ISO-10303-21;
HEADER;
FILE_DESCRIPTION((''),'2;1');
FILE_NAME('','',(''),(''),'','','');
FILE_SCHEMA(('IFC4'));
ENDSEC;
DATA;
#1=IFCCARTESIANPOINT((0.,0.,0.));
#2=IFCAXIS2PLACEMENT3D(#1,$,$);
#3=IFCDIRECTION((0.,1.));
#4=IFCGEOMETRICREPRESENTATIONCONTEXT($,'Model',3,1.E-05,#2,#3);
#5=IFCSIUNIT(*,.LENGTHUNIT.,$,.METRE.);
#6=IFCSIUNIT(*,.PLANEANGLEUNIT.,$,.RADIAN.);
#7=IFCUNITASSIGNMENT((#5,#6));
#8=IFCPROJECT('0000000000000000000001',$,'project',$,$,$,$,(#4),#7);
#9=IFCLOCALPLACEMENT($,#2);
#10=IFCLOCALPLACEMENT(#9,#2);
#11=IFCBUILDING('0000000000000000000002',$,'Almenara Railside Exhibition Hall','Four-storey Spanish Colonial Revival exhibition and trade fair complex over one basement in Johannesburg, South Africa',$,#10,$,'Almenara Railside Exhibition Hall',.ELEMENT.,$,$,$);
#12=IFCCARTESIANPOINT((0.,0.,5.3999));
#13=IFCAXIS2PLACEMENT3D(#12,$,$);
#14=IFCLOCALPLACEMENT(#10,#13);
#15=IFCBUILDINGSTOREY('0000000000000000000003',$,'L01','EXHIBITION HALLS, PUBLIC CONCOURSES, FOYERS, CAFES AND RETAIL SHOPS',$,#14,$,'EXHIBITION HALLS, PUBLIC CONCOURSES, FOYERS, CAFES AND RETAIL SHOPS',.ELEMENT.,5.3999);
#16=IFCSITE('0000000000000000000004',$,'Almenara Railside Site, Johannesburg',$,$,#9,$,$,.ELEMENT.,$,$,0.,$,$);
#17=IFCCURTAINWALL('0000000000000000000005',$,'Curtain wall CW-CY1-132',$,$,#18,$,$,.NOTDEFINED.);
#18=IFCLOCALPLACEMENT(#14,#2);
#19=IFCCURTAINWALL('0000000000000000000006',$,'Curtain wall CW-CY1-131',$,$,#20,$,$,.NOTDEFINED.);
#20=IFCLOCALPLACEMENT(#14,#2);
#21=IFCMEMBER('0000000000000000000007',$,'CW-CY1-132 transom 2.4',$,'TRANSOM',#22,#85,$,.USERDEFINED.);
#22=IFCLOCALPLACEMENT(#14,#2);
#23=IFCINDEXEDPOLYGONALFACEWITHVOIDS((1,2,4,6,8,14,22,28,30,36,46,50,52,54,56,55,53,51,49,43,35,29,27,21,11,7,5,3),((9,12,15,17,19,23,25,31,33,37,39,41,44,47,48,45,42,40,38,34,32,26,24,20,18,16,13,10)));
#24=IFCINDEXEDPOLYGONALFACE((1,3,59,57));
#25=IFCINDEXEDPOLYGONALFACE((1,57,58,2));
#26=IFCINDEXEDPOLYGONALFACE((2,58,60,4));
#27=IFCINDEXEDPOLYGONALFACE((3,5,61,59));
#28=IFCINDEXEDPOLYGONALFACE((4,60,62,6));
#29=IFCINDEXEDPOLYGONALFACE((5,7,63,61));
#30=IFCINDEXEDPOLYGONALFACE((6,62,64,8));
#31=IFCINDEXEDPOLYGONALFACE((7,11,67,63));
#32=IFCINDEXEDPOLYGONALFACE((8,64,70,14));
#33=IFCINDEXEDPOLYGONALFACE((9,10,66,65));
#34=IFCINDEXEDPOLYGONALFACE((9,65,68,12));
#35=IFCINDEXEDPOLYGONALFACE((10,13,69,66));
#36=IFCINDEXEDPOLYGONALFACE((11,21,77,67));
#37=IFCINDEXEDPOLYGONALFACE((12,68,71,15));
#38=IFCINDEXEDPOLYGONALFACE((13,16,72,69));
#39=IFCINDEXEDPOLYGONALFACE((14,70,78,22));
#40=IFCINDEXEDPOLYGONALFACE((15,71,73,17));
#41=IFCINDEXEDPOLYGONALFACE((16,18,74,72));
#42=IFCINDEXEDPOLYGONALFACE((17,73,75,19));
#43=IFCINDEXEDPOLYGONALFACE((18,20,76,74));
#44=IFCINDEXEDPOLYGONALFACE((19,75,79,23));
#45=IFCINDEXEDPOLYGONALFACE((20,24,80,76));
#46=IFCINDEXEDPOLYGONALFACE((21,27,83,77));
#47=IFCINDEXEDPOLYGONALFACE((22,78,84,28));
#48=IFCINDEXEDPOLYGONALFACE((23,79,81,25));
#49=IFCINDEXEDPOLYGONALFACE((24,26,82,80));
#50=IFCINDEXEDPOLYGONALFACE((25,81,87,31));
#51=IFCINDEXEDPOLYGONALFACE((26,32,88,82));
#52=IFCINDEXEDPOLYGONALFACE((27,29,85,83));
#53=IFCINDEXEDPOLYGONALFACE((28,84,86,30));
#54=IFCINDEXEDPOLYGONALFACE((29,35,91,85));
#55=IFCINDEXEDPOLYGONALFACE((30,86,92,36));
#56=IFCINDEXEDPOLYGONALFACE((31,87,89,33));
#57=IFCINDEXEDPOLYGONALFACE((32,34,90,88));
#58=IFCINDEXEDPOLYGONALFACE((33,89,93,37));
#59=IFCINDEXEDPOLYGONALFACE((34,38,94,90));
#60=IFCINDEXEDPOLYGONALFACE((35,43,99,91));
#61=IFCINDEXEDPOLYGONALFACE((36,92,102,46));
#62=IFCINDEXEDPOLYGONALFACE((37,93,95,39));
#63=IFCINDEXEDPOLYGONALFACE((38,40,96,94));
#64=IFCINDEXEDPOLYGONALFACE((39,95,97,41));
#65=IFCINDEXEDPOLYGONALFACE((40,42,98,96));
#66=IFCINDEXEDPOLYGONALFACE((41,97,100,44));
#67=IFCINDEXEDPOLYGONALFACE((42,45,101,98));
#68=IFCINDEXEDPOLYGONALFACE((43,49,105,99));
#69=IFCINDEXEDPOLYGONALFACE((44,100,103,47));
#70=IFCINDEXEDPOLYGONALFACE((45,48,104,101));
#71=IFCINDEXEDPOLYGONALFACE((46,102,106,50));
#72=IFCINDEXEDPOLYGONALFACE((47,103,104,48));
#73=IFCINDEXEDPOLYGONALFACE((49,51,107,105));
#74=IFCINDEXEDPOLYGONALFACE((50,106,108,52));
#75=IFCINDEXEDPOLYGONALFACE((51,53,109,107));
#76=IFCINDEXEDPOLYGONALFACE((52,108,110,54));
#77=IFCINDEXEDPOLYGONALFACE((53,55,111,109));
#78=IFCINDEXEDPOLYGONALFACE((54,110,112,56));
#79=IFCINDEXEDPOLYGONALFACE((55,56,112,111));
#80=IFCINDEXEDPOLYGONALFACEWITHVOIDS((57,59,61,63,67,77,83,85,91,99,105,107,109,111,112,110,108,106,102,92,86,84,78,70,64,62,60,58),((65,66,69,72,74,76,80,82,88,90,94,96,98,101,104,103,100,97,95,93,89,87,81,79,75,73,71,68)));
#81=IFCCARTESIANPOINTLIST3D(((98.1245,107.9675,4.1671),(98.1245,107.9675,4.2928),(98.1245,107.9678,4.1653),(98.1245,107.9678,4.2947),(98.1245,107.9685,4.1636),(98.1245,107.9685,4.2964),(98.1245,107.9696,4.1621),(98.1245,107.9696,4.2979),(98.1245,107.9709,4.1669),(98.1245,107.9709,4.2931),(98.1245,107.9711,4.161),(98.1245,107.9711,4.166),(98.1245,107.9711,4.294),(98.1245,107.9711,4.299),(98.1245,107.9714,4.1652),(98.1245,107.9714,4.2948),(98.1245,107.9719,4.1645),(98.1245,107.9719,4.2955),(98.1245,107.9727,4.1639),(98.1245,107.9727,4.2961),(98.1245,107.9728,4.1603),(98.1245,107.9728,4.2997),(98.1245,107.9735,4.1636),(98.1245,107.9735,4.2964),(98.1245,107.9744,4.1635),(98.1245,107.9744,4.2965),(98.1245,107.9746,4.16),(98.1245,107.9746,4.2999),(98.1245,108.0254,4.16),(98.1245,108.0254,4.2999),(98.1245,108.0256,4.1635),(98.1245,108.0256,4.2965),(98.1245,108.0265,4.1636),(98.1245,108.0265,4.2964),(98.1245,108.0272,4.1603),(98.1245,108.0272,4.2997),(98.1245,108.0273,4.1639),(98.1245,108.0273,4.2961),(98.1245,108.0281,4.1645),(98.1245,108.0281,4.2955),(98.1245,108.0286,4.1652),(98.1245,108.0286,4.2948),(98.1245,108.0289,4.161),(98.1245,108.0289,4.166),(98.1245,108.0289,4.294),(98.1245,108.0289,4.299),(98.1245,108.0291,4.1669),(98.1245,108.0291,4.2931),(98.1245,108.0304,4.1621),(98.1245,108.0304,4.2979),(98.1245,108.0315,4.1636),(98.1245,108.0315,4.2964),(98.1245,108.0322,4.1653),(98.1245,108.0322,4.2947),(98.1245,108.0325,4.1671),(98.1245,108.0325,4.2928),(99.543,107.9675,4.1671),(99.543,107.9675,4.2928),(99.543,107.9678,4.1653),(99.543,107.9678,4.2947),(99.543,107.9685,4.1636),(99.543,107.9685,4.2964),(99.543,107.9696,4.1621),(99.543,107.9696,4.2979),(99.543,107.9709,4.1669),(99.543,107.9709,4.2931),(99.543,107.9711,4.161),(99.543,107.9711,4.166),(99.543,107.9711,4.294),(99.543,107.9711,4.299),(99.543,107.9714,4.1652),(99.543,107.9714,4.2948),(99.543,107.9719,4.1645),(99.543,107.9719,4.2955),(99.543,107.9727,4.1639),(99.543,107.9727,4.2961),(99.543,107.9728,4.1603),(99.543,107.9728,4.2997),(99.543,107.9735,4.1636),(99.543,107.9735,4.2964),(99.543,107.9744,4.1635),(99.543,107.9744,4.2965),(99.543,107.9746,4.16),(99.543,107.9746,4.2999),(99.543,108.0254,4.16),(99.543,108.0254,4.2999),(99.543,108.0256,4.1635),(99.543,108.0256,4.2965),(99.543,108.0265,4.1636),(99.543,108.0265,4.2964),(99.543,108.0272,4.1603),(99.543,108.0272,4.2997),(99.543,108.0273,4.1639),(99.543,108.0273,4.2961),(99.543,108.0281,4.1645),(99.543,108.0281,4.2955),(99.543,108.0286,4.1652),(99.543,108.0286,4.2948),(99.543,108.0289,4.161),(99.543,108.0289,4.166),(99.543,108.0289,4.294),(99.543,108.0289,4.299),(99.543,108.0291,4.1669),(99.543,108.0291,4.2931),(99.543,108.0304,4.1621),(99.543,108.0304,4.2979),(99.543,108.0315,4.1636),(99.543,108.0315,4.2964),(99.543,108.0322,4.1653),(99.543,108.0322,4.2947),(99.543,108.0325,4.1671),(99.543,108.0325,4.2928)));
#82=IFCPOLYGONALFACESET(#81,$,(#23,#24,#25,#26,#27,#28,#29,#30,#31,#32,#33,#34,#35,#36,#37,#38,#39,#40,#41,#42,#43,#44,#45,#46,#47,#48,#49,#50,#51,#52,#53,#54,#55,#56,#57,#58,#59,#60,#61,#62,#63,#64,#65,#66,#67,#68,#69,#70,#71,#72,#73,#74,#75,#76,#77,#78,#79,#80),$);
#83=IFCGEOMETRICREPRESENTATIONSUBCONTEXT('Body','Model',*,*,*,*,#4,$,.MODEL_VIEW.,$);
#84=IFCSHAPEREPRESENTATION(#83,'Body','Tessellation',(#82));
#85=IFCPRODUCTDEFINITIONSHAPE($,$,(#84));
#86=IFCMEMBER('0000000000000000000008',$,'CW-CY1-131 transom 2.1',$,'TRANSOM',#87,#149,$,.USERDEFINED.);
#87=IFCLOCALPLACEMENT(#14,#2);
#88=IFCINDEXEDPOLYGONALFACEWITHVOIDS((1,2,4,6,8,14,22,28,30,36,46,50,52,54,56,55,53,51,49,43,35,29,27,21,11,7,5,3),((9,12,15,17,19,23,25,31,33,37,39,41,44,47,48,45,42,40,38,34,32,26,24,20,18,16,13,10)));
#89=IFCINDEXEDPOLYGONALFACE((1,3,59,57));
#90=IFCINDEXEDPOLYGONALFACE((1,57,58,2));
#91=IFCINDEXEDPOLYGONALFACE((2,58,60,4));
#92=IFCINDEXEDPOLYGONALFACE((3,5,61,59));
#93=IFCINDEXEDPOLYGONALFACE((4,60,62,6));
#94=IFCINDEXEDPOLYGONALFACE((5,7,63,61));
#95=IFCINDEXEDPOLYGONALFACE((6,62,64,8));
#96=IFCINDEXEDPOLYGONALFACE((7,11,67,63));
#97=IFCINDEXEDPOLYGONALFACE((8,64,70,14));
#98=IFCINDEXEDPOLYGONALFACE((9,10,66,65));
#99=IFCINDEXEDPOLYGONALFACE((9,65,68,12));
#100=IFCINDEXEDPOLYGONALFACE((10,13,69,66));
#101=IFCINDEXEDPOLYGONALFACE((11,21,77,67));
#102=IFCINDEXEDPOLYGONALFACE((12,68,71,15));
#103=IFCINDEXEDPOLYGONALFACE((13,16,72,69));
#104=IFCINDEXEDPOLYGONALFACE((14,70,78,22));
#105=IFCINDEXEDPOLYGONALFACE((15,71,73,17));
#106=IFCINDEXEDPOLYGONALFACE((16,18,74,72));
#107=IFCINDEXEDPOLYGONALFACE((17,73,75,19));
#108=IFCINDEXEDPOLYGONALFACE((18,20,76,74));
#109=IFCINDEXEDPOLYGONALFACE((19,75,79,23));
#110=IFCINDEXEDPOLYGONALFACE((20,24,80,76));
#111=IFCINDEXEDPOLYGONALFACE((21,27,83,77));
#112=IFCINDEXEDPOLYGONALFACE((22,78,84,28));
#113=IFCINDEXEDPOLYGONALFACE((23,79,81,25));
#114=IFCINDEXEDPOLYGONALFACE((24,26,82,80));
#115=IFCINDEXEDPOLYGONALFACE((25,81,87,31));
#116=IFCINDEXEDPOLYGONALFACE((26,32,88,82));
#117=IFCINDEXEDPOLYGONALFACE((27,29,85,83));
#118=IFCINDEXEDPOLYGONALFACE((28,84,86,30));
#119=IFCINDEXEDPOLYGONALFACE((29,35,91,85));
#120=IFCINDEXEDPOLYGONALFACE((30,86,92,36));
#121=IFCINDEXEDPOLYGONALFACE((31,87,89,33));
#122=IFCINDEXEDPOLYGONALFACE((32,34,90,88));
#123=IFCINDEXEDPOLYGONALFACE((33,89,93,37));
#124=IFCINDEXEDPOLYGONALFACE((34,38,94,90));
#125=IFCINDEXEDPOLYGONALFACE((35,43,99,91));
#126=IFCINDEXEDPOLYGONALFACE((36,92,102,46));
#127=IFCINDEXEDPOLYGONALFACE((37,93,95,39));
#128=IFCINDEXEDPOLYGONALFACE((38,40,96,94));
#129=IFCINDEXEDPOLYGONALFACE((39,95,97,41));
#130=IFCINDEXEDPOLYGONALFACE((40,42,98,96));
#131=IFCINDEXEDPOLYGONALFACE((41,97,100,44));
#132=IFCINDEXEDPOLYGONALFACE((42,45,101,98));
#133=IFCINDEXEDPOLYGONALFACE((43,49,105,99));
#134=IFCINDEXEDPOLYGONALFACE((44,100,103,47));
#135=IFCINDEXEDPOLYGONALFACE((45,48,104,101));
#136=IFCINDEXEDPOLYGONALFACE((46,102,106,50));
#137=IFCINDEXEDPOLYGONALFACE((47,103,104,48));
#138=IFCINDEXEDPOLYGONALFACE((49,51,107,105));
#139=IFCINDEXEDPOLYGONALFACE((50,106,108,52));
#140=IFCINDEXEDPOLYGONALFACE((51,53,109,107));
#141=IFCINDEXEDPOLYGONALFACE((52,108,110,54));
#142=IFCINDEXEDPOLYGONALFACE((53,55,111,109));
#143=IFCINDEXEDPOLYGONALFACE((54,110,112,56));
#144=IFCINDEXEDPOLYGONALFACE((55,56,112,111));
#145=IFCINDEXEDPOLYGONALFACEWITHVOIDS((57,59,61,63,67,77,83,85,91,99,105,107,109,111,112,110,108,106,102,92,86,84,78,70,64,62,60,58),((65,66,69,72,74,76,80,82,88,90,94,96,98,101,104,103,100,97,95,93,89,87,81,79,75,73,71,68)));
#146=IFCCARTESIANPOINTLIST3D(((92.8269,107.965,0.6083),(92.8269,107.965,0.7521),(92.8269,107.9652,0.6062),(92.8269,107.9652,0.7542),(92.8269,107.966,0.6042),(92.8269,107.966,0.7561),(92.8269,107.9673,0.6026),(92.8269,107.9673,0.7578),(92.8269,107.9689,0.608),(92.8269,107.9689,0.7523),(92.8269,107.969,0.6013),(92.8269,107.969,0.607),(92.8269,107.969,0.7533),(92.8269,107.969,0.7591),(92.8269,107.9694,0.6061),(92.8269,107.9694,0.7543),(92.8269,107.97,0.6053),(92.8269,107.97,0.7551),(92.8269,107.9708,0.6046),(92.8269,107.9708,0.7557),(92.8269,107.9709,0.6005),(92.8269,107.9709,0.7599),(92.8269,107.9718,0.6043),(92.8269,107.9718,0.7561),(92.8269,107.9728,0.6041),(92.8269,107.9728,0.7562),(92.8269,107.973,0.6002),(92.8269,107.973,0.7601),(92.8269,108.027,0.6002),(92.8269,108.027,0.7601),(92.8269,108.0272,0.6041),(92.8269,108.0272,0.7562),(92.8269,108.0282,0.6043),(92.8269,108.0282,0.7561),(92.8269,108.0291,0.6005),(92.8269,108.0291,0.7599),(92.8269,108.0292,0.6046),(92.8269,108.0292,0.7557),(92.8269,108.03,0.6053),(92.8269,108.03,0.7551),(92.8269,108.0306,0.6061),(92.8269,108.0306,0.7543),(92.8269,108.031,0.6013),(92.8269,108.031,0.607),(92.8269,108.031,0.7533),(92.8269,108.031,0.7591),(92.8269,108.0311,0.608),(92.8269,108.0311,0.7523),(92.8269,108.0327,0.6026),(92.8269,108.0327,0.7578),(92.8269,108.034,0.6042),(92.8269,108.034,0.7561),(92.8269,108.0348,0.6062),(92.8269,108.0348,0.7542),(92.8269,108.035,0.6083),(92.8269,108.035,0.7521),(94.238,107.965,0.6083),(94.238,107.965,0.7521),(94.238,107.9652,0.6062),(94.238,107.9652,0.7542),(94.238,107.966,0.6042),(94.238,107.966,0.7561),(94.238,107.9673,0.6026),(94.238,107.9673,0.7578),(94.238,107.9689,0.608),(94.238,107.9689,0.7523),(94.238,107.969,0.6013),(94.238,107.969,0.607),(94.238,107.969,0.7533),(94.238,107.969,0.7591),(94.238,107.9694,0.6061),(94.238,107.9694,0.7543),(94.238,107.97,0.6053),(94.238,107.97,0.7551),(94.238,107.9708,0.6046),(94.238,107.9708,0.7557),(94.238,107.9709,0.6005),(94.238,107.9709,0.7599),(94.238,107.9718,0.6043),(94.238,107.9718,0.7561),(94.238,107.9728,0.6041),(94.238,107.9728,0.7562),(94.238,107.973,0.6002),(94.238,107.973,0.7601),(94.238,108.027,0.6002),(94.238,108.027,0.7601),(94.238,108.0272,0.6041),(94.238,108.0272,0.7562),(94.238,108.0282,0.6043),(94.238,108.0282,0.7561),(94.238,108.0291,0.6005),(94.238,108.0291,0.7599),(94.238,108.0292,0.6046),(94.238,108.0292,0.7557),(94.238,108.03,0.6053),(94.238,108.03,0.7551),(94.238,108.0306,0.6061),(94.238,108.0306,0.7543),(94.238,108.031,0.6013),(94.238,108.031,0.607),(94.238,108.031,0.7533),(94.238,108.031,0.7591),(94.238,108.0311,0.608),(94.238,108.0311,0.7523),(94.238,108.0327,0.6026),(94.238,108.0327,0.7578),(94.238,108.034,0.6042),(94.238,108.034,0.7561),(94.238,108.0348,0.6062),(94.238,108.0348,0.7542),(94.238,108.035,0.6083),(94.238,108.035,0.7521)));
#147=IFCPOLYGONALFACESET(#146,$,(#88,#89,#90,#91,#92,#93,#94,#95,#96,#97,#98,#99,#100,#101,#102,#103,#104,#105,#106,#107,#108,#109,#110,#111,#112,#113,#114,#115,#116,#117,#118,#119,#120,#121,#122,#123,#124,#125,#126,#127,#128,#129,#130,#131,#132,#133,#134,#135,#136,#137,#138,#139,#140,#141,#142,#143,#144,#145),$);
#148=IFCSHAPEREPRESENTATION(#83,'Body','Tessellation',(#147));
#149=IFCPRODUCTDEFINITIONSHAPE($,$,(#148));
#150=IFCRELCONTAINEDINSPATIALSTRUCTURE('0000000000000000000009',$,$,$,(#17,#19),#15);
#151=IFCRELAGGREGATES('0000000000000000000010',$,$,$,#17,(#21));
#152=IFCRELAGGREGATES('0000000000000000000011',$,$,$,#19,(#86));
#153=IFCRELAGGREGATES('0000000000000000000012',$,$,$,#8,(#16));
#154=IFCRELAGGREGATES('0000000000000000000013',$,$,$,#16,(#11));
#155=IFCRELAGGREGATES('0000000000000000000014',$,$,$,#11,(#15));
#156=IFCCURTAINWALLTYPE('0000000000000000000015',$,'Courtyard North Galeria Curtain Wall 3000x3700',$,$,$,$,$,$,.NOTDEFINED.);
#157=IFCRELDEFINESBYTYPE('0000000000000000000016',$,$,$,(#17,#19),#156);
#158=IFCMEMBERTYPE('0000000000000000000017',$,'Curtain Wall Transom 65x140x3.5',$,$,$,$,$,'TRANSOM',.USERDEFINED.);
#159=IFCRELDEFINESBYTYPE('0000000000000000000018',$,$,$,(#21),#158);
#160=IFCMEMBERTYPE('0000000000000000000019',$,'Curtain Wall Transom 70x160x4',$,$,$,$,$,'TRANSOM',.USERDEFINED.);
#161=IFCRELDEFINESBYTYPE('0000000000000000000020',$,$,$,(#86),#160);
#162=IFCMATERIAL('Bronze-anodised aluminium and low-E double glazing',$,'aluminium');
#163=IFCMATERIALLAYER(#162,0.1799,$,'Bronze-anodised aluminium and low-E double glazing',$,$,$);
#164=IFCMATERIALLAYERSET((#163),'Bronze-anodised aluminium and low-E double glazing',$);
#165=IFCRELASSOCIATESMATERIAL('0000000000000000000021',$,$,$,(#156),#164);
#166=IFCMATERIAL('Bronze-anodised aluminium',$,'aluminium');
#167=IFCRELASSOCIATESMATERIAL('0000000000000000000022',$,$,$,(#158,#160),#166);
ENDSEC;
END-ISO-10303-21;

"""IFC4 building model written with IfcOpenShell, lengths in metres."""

from ifc_helpers import new_model, si_unit, direction, frame, origin, origin_2d, place, context, subcontext, project, spatial, hollow_rectangle, extrude, material, layer, layer_set, material_profile, profile_set, type_object, element, aggregate, save


model = new_model("IFC4")

# Units and contexts
model_context = context("Model", 3, precision=1e-05, world=origin(), true_north=direction((0.0, 1.0)))
body_context = subcontext(model_context, "Body", "Model", "MODEL_VIEW")
ifc_project = project(units=[si_unit("LENGTHUNIT", "METRE"), si_unit("PLANEANGLEUNIT", "RADIAN")], contexts=[model_context])

# Site, building, storey
site_placement = place(None, origin())
site = spatial("IfcSite", under=ifc_project, at=site_placement, Name="Almenara Railside Site, Johannesburg", CompositionType="ELEMENT", RefElevation=0.0)
building_placement = place(site_placement, origin())
building = spatial("IfcBuilding", under=site, at=building_placement, Name="Almenara Railside Exhibition Hall", Description="Four-storey Spanish Colonial Revival exhibition and trade fair complex over one basement in Johannesburg, South Africa", LongName="Almenara Railside Exhibition Hall", CompositionType="ELEMENT")
storey_placement = place(building_placement, frame((0.0, 0.0, 5.3999)))
storey = spatial("IfcBuildingStorey", under=building, at=storey_placement, Name="L01", Description="EXHIBITION HALLS, PUBLIC CONCOURSES, FOYERS, CAFES AND RETAIL SHOPS", LongName="EXHIBITION HALLS, PUBLIC CONCOURSES, FOYERS, CAFES AND RETAIL SHOPS", CompositionType="ELEMENT", Elevation=5.3999)

# Curtain wall
ifc_material_1 = material(Name="Bronze-anodised aluminium and low-E double glazing", Category="aluminium")
ifc_layer_1 = layer(ifc_material_1, 0.1799, Name="Bronze-anodised aluminium and low-E double glazing")
ifc_layer_set_1 = layer_set([ifc_layer_1], Name="Bronze-anodised aluminium and low-E double glazing")
curtain_wall_type = type_object("IfcCurtainWallType", Name="Courtyard North Galeria Curtain Wall 3000x3700", PredefinedType="NOTDEFINED", material=ifc_layer_set_1)
curtain_wall_1_placement = place(storey_placement, origin())
curtain_wall_1 = element("IfcCurtainWall", 1, at=curtain_wall_1_placement, inside=storey, type_object=curtain_wall_type, Name="Curtain wall CW-CY1-132", PredefinedType="NOTDEFINED")
ifc_material_2 = material(Name="Bronze-anodised aluminium", Category="aluminium")

# Curtain wall
curtain_wall_2_placement = place(storey_placement, origin())
curtain_wall_2 = element("IfcCurtainWall", 2, at=curtain_wall_2_placement, inside=storey, type_object=curtain_wall_type, Name="Curtain wall CW-CY1-131", PredefinedType="NOTDEFINED")

# Members
ifc_material_profile_1 = material_profile(ifc_material_2, hollow_rectangle(XDim=0.0649, YDim=0.1399, WallThickness=0.0034, InnerFilletRadius=0.0034, OuterFilletRadius=0.0071, at=origin_2d()), Name="ALU-TRN 65x140x3.5")
ifc_profile_set_1 = profile_set([ifc_material_profile_1], Name="Bronze-anodised aluminium")
member_type_1 = type_object("IfcMemberType", Name="Curtain Wall Transom 65x140x3.5", ElementType="TRANSOM", PredefinedType="USERDEFINED", material=ifc_profile_set_1)
member_1_placement = place(storey_placement, frame((98.1245, 108.0, 4.23), z_axis=(1.0, 0.0, 0.0), x_axis=(0.0, 1.0, 0.0)))
member_1 = element("IfcMember", 3, at=member_1_placement, type_object=member_type_1, Name="CW-CY1-132 transom 2.4", ObjectType="TRANSOM", PredefinedType="USERDEFINED", context=body_context, shape_type="SweptSolid", body=[
    extrude(hollow_rectangle(XDim=0.0649, YDim=0.1399, WallThickness=0.0034, InnerFilletRadius=0.0034, OuterFilletRadius=0.0071, at=origin_2d()), origin(), (0.0, 0.0, 1.0), 1.4185),
])
ifc_material_profile_2 = material_profile(ifc_material_2, hollow_rectangle(XDim=0.0701, YDim=0.1599, WallThickness=0.0039, InnerFilletRadius=0.0039, OuterFilletRadius=0.0081, at=origin_2d()), Name="ALU-TRN 70x160x4")
ifc_profile_set_2 = profile_set([ifc_material_profile_2], Name="Bronze-anodised aluminium")
member_type_2 = type_object("IfcMemberType", Name="Curtain Wall Transom 70x160x4", ElementType="TRANSOM", PredefinedType="USERDEFINED", material=ifc_profile_set_2)
member_2_placement = place(storey_placement, frame((92.8269, 108.0, 0.6802), z_axis=(1.0, 0.0, 0.0), x_axis=(0.0, 1.0, 0.0)))
member_2 = element("IfcMember", 4, at=member_2_placement, type_object=member_type_2, Name="CW-CY1-131 transom 2.1", ObjectType="TRANSOM", PredefinedType="USERDEFINED", context=body_context, shape_type="SweptSolid", body=[
    extrude(hollow_rectangle(XDim=0.0701, YDim=0.1599, WallThickness=0.0039, InnerFilletRadius=0.0039, OuterFilletRadius=0.0081, at=origin_2d()), origin(), (0.0, 0.0, 1.0), 1.4111),
])

aggregate(curtain_wall_1, [member_1])
aggregate(curtain_wall_2, [member_2])

save(model, "model.ifc")
